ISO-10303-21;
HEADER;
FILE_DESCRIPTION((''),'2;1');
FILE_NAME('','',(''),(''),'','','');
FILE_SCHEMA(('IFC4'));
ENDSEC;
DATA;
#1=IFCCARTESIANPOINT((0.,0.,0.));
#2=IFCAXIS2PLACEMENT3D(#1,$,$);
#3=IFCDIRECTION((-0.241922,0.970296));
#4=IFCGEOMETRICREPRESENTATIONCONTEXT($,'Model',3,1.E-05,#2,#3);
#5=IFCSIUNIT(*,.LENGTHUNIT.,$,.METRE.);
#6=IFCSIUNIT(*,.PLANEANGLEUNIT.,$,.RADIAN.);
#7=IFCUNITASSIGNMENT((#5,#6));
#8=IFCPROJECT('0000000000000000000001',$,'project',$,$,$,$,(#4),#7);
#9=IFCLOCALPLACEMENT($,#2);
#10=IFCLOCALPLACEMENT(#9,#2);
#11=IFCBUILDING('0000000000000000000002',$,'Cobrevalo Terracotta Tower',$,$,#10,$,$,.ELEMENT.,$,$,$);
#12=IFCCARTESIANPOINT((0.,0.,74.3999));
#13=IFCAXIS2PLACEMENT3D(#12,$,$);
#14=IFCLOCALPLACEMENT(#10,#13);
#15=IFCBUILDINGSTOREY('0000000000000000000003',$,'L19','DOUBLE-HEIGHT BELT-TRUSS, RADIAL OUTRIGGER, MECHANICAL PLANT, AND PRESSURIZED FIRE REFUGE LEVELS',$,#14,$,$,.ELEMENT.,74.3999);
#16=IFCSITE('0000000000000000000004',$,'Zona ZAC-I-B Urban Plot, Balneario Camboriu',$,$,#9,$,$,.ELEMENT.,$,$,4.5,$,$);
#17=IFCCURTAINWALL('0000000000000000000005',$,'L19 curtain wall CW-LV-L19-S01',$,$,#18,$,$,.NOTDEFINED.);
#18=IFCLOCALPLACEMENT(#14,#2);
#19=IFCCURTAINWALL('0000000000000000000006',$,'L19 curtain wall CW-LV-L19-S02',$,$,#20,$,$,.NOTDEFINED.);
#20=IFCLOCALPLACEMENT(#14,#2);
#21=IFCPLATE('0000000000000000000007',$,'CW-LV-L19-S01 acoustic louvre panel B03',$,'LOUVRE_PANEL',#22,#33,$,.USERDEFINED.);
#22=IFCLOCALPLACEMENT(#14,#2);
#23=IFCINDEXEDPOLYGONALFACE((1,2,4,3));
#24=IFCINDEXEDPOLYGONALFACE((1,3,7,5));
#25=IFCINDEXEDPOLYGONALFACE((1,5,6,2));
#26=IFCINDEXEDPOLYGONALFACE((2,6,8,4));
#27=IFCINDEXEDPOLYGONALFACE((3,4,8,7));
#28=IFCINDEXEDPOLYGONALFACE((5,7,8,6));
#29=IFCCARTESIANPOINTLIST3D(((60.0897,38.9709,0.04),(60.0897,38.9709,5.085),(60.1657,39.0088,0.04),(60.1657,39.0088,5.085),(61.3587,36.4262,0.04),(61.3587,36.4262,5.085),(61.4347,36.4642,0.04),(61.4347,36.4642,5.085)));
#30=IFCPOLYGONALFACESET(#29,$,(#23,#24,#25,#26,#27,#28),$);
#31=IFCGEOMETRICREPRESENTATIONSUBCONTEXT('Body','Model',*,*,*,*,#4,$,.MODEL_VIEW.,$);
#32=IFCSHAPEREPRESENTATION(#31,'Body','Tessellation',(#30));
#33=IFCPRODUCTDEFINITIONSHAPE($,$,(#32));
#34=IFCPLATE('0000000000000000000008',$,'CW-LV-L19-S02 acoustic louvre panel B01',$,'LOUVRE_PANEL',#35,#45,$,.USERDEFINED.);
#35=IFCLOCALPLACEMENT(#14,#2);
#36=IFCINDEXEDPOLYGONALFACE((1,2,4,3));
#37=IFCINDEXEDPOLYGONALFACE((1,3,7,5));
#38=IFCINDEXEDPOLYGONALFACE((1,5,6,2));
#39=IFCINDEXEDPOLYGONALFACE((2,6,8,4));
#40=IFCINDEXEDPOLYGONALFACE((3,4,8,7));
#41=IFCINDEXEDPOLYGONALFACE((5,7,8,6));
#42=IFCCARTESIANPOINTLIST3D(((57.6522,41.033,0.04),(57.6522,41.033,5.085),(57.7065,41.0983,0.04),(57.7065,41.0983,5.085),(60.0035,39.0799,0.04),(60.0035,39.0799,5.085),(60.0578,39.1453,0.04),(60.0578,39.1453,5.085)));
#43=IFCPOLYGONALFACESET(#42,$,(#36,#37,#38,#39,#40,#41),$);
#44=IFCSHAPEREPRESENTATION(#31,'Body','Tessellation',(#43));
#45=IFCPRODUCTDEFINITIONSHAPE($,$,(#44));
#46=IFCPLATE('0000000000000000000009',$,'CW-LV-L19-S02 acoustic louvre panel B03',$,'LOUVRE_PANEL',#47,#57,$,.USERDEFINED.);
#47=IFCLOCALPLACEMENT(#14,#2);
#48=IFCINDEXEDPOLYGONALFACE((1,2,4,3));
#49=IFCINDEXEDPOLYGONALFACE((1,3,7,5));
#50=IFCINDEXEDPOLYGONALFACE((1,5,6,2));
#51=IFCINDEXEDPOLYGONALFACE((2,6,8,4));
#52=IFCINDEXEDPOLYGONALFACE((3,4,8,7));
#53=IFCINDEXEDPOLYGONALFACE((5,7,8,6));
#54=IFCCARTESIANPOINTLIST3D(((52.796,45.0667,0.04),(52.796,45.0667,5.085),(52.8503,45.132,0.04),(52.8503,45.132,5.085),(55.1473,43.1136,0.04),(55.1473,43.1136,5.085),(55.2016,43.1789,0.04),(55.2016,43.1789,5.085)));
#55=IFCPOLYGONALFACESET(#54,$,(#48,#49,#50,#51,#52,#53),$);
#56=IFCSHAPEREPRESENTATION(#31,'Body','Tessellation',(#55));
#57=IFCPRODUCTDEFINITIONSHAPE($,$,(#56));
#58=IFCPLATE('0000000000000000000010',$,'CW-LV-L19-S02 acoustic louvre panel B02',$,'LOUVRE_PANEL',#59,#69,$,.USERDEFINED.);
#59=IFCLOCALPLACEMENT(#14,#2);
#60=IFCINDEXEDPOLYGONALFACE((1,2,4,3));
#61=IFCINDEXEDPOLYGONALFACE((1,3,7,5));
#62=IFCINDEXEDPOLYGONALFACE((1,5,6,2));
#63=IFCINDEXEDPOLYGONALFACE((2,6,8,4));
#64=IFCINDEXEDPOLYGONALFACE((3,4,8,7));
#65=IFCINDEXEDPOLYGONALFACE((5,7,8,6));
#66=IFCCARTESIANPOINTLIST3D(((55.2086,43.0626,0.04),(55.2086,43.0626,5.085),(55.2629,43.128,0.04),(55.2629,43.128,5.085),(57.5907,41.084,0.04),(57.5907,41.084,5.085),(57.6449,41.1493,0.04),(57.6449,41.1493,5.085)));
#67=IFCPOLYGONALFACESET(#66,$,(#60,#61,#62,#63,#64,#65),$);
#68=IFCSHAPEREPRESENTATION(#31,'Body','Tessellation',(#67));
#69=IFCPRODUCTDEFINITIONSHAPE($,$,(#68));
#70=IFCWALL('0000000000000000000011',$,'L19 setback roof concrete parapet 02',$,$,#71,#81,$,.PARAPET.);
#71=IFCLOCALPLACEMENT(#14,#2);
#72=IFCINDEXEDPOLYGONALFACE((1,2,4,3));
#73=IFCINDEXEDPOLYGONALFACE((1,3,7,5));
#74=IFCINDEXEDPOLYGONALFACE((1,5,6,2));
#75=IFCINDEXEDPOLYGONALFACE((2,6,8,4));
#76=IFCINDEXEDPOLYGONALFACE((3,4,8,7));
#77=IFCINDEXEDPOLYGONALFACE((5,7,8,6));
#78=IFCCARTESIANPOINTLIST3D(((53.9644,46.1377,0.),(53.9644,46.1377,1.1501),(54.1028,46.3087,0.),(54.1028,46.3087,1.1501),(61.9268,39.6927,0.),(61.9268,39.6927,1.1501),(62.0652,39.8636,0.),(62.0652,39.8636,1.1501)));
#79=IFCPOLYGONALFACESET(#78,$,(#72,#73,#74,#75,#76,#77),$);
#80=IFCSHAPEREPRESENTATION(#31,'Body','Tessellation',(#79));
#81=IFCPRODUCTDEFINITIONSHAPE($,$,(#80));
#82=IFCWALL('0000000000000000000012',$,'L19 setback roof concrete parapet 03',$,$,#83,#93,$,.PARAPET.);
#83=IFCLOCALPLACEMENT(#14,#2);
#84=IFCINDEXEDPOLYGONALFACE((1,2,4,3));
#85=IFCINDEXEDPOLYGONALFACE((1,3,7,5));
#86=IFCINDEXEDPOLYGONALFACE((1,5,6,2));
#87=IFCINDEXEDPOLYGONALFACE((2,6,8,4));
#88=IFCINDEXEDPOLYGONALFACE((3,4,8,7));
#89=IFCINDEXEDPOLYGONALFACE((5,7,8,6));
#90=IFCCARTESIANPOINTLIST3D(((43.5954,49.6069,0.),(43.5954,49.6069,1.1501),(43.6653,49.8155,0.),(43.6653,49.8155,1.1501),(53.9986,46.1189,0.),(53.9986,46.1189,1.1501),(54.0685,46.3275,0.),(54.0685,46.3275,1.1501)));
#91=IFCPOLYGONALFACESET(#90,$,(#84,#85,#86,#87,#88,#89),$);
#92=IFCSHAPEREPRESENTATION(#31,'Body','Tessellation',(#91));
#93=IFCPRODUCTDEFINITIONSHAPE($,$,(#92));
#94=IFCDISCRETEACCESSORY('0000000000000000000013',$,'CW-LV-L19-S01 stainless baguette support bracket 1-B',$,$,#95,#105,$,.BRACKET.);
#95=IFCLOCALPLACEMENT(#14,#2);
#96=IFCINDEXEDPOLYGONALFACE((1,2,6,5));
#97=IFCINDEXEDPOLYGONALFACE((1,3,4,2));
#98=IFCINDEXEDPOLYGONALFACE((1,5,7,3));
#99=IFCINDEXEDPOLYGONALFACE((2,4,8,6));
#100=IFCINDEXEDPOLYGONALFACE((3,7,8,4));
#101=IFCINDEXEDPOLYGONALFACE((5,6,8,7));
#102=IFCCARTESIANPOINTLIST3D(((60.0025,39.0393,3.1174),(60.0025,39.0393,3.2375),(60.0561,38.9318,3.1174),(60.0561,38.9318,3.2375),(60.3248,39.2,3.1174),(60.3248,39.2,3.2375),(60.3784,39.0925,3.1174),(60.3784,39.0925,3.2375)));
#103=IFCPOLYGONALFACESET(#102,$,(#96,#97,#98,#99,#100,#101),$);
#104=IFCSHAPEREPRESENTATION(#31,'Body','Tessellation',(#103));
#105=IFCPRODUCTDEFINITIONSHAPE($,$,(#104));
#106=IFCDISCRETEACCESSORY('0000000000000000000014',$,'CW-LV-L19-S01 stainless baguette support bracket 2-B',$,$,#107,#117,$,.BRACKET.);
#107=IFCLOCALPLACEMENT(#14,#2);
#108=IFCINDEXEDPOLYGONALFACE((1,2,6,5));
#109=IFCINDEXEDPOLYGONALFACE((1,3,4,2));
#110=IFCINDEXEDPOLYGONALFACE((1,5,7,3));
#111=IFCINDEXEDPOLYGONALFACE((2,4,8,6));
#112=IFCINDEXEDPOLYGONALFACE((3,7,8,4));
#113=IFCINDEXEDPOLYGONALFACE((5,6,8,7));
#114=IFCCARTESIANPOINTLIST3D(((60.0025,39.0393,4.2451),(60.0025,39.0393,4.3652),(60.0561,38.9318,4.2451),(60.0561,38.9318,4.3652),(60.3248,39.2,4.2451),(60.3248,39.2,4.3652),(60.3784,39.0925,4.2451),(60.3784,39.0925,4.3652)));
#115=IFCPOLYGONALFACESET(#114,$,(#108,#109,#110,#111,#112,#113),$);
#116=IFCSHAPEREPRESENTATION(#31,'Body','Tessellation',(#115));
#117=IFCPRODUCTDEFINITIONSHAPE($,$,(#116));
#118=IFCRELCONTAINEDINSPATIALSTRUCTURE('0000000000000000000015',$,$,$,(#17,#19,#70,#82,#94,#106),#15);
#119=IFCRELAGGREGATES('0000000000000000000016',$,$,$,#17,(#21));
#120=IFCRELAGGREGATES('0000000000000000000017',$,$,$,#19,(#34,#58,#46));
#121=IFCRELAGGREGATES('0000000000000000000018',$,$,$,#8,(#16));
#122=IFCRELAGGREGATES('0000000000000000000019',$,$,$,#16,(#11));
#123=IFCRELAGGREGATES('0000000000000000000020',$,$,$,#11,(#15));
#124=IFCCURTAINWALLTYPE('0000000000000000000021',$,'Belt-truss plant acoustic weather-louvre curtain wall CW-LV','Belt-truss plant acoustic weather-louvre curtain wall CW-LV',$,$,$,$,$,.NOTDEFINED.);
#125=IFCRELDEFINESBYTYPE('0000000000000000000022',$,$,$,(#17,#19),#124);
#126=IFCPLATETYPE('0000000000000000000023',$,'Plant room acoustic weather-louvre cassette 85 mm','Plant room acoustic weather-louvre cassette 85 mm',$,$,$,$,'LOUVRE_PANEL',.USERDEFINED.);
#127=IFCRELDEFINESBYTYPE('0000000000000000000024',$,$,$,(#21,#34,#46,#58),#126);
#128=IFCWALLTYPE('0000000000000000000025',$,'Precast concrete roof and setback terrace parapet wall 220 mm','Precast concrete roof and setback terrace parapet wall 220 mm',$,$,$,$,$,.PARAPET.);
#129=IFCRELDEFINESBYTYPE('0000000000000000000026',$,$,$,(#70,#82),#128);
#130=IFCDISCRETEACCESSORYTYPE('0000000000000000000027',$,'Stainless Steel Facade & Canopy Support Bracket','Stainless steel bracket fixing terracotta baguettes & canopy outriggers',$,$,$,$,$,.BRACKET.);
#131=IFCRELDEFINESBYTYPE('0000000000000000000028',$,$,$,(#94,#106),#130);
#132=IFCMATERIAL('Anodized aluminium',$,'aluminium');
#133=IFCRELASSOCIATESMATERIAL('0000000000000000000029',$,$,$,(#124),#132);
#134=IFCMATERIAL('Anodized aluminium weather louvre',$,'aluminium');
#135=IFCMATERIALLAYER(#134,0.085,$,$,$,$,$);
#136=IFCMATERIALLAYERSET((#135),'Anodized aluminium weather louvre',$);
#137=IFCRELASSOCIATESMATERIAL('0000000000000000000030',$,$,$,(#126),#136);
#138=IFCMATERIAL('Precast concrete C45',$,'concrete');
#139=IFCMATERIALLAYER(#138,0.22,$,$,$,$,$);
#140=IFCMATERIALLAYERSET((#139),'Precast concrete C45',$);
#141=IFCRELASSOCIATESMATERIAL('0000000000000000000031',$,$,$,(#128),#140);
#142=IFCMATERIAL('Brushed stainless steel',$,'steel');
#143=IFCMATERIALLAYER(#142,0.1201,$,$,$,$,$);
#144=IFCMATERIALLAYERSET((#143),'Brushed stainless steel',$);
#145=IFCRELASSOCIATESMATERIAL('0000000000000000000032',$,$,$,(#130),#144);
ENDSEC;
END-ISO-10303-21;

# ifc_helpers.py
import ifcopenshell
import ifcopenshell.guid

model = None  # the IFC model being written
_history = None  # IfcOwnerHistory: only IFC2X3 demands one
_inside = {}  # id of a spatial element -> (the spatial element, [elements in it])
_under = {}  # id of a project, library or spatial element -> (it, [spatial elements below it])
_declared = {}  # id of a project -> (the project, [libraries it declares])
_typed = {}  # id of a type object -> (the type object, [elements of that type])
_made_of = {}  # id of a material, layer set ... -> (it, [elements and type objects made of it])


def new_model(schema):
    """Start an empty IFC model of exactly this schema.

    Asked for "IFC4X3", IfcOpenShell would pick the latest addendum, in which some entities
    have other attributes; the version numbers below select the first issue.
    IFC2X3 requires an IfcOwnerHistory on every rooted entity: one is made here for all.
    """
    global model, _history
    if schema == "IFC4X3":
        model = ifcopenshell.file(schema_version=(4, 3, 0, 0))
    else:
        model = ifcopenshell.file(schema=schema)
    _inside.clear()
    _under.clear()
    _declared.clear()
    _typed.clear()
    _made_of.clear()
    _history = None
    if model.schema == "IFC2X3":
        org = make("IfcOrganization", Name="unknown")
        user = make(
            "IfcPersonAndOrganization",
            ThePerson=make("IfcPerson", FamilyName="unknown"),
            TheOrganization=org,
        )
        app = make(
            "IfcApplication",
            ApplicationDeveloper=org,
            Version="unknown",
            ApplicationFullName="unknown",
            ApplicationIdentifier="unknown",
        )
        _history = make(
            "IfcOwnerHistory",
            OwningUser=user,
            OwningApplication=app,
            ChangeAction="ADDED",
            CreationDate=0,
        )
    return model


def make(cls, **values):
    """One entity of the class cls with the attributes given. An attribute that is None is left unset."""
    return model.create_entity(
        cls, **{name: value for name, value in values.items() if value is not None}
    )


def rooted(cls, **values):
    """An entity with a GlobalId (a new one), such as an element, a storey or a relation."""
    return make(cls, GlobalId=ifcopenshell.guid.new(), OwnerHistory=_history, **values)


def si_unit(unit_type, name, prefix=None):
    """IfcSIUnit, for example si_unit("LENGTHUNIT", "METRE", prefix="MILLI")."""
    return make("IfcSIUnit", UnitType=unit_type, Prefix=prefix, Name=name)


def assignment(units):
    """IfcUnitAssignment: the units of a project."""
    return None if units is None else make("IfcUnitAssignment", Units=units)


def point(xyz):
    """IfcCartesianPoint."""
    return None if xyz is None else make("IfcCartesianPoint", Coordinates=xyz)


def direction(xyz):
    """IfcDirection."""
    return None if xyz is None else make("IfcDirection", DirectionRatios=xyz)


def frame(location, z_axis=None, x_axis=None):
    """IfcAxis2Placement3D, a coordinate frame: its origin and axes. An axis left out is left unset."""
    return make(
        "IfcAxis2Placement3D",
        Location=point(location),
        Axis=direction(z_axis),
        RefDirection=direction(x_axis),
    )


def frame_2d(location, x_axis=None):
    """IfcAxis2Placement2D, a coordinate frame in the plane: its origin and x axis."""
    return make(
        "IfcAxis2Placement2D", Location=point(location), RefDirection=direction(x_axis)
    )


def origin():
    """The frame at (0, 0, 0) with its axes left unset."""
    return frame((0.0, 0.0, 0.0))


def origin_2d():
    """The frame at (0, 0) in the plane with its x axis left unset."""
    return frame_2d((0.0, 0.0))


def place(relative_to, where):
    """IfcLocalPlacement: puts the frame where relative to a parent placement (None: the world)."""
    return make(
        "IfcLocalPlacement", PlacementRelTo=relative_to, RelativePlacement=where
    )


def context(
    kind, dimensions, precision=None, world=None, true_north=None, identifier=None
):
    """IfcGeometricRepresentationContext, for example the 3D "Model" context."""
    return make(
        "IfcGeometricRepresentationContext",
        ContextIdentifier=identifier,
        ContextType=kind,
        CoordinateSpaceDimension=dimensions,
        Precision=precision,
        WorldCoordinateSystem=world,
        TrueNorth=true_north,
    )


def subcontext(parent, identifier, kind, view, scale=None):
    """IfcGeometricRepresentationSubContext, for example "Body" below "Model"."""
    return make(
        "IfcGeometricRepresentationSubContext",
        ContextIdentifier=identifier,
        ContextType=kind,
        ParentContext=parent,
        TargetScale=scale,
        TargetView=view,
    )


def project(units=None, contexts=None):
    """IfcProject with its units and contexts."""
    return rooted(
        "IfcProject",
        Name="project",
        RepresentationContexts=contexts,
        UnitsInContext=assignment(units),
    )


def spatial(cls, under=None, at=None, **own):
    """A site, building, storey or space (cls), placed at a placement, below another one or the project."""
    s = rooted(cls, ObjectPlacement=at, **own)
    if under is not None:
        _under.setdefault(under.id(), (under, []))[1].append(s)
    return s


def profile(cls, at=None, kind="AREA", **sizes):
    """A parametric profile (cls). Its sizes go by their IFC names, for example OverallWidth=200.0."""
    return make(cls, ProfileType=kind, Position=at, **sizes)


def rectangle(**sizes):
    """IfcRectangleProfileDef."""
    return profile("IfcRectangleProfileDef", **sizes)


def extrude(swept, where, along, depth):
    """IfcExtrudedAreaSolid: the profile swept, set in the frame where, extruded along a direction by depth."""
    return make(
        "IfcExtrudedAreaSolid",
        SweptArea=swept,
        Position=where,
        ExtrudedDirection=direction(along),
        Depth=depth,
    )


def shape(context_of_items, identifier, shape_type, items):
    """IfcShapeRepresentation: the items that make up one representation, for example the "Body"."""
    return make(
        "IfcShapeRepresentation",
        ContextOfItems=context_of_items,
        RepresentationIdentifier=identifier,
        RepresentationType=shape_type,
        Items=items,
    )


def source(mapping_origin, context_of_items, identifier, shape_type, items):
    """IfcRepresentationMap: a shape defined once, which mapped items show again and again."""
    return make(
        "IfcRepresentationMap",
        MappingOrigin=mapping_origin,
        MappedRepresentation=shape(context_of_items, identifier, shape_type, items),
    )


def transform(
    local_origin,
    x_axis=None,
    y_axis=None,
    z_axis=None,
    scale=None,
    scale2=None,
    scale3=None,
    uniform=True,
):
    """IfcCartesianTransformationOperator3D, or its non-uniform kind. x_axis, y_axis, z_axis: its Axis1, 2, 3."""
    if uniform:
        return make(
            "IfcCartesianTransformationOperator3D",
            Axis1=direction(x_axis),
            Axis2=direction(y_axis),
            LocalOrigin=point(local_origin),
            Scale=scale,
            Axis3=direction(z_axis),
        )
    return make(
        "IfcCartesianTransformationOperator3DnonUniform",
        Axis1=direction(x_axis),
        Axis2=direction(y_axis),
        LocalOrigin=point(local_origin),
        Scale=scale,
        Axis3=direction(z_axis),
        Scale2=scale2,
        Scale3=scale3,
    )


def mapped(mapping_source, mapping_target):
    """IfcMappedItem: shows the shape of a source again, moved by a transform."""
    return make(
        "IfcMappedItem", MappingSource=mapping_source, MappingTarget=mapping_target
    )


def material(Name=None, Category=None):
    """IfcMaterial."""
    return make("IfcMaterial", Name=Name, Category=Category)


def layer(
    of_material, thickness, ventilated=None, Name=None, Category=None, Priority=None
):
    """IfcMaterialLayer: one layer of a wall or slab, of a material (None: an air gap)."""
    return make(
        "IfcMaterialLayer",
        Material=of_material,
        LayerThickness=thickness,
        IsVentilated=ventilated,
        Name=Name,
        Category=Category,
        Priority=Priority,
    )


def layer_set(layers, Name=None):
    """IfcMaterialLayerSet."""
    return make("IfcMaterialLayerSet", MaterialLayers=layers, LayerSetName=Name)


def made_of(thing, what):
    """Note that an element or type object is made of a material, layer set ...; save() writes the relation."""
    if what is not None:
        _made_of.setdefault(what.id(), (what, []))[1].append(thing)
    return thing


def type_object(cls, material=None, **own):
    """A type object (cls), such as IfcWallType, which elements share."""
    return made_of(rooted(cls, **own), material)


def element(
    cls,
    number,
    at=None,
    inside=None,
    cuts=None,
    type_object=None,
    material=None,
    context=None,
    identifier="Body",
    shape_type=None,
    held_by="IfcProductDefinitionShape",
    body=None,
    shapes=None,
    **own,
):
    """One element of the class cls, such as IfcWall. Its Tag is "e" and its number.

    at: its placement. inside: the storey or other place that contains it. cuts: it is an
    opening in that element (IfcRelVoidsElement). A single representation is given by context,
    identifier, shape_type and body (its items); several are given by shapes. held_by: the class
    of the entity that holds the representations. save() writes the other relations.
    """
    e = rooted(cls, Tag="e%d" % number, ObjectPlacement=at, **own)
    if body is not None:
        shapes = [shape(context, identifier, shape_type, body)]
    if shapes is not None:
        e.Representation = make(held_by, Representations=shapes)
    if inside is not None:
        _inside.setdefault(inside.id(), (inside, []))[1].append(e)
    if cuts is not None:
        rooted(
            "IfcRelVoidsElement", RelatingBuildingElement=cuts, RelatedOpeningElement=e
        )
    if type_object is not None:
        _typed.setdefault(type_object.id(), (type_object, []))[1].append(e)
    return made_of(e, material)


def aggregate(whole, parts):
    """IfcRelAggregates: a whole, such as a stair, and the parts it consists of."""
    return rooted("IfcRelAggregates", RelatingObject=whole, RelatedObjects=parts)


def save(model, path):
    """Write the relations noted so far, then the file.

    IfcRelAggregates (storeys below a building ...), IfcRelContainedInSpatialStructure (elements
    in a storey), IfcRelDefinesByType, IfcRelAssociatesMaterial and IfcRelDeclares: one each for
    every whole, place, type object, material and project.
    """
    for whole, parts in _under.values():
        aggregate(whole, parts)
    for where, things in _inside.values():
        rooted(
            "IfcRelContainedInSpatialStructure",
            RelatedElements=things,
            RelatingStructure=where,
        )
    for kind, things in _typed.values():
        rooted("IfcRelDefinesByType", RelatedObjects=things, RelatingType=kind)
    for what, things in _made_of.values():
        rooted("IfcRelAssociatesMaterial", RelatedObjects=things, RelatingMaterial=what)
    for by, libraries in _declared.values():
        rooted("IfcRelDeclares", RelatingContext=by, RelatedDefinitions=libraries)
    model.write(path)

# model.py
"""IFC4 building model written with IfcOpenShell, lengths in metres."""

from ifc_helpers import new_model, si_unit, direction, frame, frame_2d, origin, origin_2d, place, context, subcontext, project, spatial, rectangle, extrude, source, transform, mapped, material, layer, layer_set, type_object, element, aggregate, save


model = new_model("IFC4")

# Units and contexts
model_context = context("Model", 3, precision=1e-05, world=origin(), true_north=direction((-0.241922, 0.970296)))
body_context = subcontext(model_context, "Body", "Model", "MODEL_VIEW")
ifc_project = project(units=[si_unit("LENGTHUNIT", "METRE"), si_unit("PLANEANGLEUNIT", "RADIAN")], contexts=[model_context])

# Site, building, storey
site_placement = place(None, origin())
site = spatial("IfcSite", under=ifc_project, at=site_placement, Name="Zona ZAC-I-B Urban Plot, Balneario Camboriu", CompositionType="ELEMENT", RefElevation=4.5)
building_placement = place(site_placement, origin())
building = spatial("IfcBuilding", under=site, at=building_placement, Name="Cobrevalo Terracotta Tower", CompositionType="ELEMENT")
storey_placement = place(building_placement, frame((0.0, 0.0, 74.3999)))
storey = spatial("IfcBuildingStorey", under=building, at=storey_placement, Name="L19", Description="DOUBLE-HEIGHT BELT-TRUSS, RADIAL OUTRIGGER, MECHANICAL PLANT, AND PRESSURIZED FIRE REFUGE LEVELS", CompositionType="ELEMENT", Elevation=74.3999)

# Curtain walls
ifc_material_1 = material(Name="Anodized aluminium", Category="aluminium")
curtain_wall_type = type_object("IfcCurtainWallType", Name="Belt-truss plant acoustic weather-louvre curtain wall CW-LV", Description="Belt-truss plant acoustic weather-louvre curtain wall CW-LV", PredefinedType="NOTDEFINED", material=ifc_material_1)
curtain_wall_1_placement = place(storey_placement, origin())
curtain_wall_1 = element("IfcCurtainWall", 1, at=curtain_wall_1_placement, inside=storey, type_object=curtain_wall_type, Name="L19 curtain wall CW-LV-L19-S01", PredefinedType="NOTDEFINED")
curtain_wall_2_placement = place(storey_placement, origin())
curtain_wall_2 = element("IfcCurtainWall", 2, at=curtain_wall_2_placement, inside=storey, type_object=curtain_wall_type, Name="L19 curtain wall CW-LV-L19-S02", PredefinedType="NOTDEFINED")

# Plates
ifc_material_2 = material(Name="Anodized aluminium weather louvre", Category="aluminium")
ifc_layer_1 = layer(ifc_material_2, 0.085)
ifc_layer_set_1 = layer_set([ifc_layer_1], Name="Anodized aluminium weather louvre")
plate_type_1 = type_object("IfcPlateType", Name="Plant room acoustic weather-louvre cassette 85 mm", Description="Plant room acoustic weather-louvre cassette 85 mm", ElementType="LOUVRE_PANEL", PredefinedType="USERDEFINED", material=ifc_layer_set_1)
shared_shape_1 = source(origin(), body_context, "Body", "SweptSolid", [
    extrude(rectangle(XDim=2.8435, YDim=0.085, at=origin_2d()), origin(), (0.0, 0.0, 1.0), 5.0449),
])
plate_1_placement = place(storey_placement, frame((60.7622, 37.7175, 0.04), z_axis=(0.0, 0.0, 1.0), x_axis=(-0.446262, 0.894902, 0.0)))
plate_1 = element("IfcPlate", 3, at=plate_1_placement, type_object=plate_type_1, Name="CW-LV-L19-S01 acoustic louvre panel B03", ObjectType="LOUVRE_PANEL", PredefinedType="USERDEFINED", context=body_context, shape_type="MappedRepresentation", body=[
    mapped(shared_shape_1, transform((0.0, 0.0, 0.0), scale=1.0)),
])
aggregate(curtain_wall_1, [plate_1])
shared_shape_2 = source(origin(), body_context, "Body", "SweptSolid", [
    extrude(rectangle(XDim=3.0566, YDim=0.085, at=origin_2d()), origin(), (0.0, 0.0, 1.0), 5.0449),
])
plate_2_placement = place(storey_placement, frame((58.855, 40.0891, 0.04), z_axis=(0.0, 0.0, 1.0), x_axis=(-0.769241, 0.638958, 0.0)))
plate_2 = element("IfcPlate", 4, at=plate_2_placement, type_object=plate_type_1, Name="CW-LV-L19-S02 acoustic louvre panel B01", ObjectType="LOUVRE_PANEL", PredefinedType="USERDEFINED", context=body_context, shape_type="MappedRepresentation", body=[
    mapped(shared_shape_2, transform((0.0, 0.0, 0.0), scale=1.0)),
])
plate_3_placement = place(storey_placement, frame((53.9988, 44.1228, 0.04), z_axis=(0.0, 0.0, 1.0), x_axis=(-0.769241, 0.638958, 0.0)))
plate_3 = element("IfcPlate", 5, at=plate_3_placement, type_object=plate_type_1, Name="CW-LV-L19-S02 acoustic louvre panel B03", ObjectType="LOUVRE_PANEL", PredefinedType="USERDEFINED", context=body_context, shape_type="MappedRepresentation", body=[
    mapped(shared_shape_2, transform((0.0, 0.0, 0.0), scale=1.0)),
])
shared_shape_3 = source(origin(), body_context, "Body", "SweptSolid", [
    extrude(rectangle(XDim=3.0967, YDim=0.085, at=origin_2d()), origin(), (0.0, 0.0, 1.0), 5.0449),
])
plate_4_placement = place(storey_placement, frame((56.4268, 42.106, 0.04), z_axis=(0.0, 0.0, 1.0), x_axis=(-0.769241, 0.638958, 0.0)))
plate_4 = element("IfcPlate", 6, at=plate_4_placement, type_object=plate_type_1, Name="CW-LV-L19-S02 acoustic louvre panel B02", ObjectType="LOUVRE_PANEL", PredefinedType="USERDEFINED", context=body_context, shape_type="MappedRepresentation", body=[
    mapped(shared_shape_3, transform((0.0, 0.0, 0.0), scale=1.0)),
])
aggregate(curtain_wall_2, [plate_2, plate_4, plate_3])

# Walls
ifc_material_3 = material(Name="Precast concrete C45", Category="concrete")
ifc_layer_2 = layer(ifc_material_3, 0.22)
ifc_layer_set_2 = layer_set([ifc_layer_2], Name="Precast concrete C45")
wall_type = type_object("IfcWallType", Name="Precast concrete roof and setback terrace parapet wall 220 mm", Description="Precast concrete roof and setback terrace parapet wall 220 mm", PredefinedType="PARAPET", material=ifc_layer_set_2)
wall_1_placement = place(storey_placement, frame((61.9961, 39.7781, 0.0), z_axis=(0.0, 0.0, 1.0), x_axis=(-0.777278, 0.629158, 0.0)))
element("IfcWall", 7, at=wall_1_placement, inside=storey, type_object=wall_type, Name="L19 setback roof concrete parapet 02", PredefinedType="PARAPET", context=body_context, shape_type="SweptSolid", body=[
    extrude(rectangle(XDim=10.2439, YDim=0.22, at=frame_2d((5.1221, 0.0))), origin(), (0.0, 0.0, 1.0), 1.1501),
])
wall_2_placement = place(storey_placement, frame((54.0337, 46.2231, 0.0), z_axis=(0.0, 0.0, 1.0), x_axis=(-0.948128, 0.317889, 0.0)))
element("IfcWall", 8, at=wall_2_placement, inside=storey, type_object=wall_type, Name="L19 setback roof concrete parapet 03", PredefinedType="PARAPET", context=body_context, shape_type="SweptSolid", body=[
    extrude(rectangle(XDim=10.9724, YDim=0.22, at=frame_2d((5.4863, 0.0))), origin(), (0.0, 0.0, 1.0), 1.1501),
])

# Discrete accessories
ifc_material_4 = material(Name="Brushed stainless steel", Category="steel")
ifc_layer_3 = layer(ifc_material_4, 0.1201)
ifc_layer_set_3 = layer_set([ifc_layer_3], Name="Brushed stainless steel")
discrete_accessory_type = type_object("IfcDiscreteAccessoryType", Name="Stainless Steel Facade & Canopy Support Bracket", Description="Stainless steel bracket fixing terracotta baguettes & canopy outriggers", PredefinedType="BRACKET", material=ifc_layer_set_3)
shared_shape_4 = source(origin(), body_context, "Body", "SweptSolid", [
    extrude(rectangle(XDim=0.1201, YDim=0.3601, at=origin_2d()), origin(), (0.0, 0.0, 1.0), 0.1201),
])
for number, where, z_axis, x_axis, name in (
    (9, (60.1904, 39.0659, 3.1174), (0.0, 0.0, 1.0), (-0.446262, 0.894902, 0.0), "CW-LV-L19-S01 stainless baguette support bracket 1-B"),
    (10, (60.1904, 39.0659, 4.2451), (0.0, 0.0, 1.0), (-0.446262, 0.894902, 0.0), "CW-LV-L19-S01 stainless baguette support bracket 2-B"),
):
    element("IfcDiscreteAccessory", number, at=place(storey_placement, frame(where, z_axis=z_axis, x_axis=x_axis)), inside=storey, type_object=discrete_accessory_type, Name=name, PredefinedType="BRACKET", context=body_context, shape_type="MappedRepresentation", body=[
        mapped(shared_shape_4, transform((0.0, 0.0, 0.0), scale=1.0)),
    ])

save(model, "model.ifc")
